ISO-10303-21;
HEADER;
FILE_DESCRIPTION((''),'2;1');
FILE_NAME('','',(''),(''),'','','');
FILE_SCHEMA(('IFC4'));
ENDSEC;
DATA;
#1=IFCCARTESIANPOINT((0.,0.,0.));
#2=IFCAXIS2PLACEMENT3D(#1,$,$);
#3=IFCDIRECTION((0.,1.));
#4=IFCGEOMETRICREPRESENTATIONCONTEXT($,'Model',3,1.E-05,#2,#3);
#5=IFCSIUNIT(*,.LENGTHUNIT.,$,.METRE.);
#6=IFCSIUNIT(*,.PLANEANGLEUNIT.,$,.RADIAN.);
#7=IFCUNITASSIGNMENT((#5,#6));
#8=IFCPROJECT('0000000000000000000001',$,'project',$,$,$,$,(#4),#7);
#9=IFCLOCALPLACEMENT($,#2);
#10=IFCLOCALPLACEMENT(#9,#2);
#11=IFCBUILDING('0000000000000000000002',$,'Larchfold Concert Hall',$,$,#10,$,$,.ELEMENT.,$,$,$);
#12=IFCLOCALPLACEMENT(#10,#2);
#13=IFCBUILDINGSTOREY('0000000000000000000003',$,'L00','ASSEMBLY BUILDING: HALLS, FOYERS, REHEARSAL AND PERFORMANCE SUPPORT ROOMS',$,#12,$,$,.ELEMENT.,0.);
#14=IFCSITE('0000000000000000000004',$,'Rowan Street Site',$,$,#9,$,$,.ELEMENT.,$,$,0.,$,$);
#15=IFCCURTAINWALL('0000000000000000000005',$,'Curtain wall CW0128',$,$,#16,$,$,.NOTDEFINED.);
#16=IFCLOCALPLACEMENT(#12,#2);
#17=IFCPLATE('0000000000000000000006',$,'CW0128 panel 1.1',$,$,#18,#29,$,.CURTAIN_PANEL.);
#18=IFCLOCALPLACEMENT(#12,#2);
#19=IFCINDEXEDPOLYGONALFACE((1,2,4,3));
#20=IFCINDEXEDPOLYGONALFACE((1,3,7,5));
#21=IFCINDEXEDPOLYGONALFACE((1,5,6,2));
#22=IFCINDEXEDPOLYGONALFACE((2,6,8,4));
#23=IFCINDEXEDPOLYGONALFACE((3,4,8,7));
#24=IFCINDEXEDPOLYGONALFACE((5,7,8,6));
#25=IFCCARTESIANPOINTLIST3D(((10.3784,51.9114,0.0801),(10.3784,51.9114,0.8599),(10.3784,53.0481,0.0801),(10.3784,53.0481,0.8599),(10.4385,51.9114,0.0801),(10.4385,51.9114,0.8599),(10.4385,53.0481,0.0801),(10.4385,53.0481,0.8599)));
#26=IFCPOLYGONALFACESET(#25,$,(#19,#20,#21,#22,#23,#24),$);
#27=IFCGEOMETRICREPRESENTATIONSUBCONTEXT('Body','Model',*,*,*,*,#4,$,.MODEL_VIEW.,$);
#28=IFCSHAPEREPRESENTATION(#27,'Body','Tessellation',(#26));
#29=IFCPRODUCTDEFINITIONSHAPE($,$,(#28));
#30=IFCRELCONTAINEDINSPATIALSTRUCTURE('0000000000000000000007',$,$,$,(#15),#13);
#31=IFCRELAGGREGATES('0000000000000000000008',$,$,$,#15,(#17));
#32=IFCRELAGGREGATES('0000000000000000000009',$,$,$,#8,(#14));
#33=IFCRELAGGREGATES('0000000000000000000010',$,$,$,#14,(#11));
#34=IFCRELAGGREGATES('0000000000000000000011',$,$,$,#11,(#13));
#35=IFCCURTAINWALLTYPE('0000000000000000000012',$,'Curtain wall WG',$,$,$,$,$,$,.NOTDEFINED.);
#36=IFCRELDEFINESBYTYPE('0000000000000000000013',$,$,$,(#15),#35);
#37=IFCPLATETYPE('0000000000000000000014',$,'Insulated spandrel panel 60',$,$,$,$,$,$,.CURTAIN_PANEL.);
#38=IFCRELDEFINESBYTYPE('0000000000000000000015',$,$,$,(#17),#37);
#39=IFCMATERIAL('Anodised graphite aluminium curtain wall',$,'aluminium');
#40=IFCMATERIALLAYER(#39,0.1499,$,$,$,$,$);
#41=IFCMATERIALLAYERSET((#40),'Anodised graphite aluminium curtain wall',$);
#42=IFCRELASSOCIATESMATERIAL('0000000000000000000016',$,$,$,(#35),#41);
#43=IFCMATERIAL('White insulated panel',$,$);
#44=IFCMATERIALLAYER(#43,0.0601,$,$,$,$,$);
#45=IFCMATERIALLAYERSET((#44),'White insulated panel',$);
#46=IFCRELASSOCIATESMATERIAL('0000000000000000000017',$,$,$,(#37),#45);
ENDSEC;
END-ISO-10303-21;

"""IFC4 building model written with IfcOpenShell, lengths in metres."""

from ifc_helpers import new_model, si_unit, direction, frame, origin, origin_2d, place, context, subcontext, project, spatial, rectangle, extrude, material, layer, layer_set, type_object, element, aggregate, save


model = new_model("IFC4")

# Units and contexts
model_context = context("Model", 3, precision=1e-05, world=origin(), true_north=direction((0.0, 1.0)))
body_context = subcontext(model_context, "Body", "Model", "MODEL_VIEW")
ifc_project = project(units=[si_unit("LENGTHUNIT", "METRE"), si_unit("PLANEANGLEUNIT", "RADIAN")], contexts=[model_context])

# Site, building, storey
site_placement = place(None, origin())
site = spatial("IfcSite", under=ifc_project, at=site_placement, Name="Rowan Street Site", CompositionType="ELEMENT", RefElevation=0.0)
building_placement = place(site_placement, origin())
building = spatial("IfcBuilding", under=site, at=building_placement, Name="Larchfold Concert Hall", CompositionType="ELEMENT")
storey_placement = place(building_placement, origin())
storey = spatial("IfcBuildingStorey", under=building, at=storey_placement, Name="L00", Description="ASSEMBLY BUILDING: HALLS, FOYERS, REHEARSAL AND PERFORMANCE SUPPORT ROOMS", CompositionType="ELEMENT", Elevation=0.0)

# Curtain wall
ifc_material_1 = material(Name="Anodised graphite aluminium curtain wall", Category="aluminium")
ifc_layer_1 = layer(ifc_material_1, 0.1499)
ifc_layer_set_1 = layer_set([ifc_layer_1], Name="Anodised graphite aluminium curtain wall")
curtain_wall_type = type_object("IfcCurtainWallType", Name="Curtain wall WG", PredefinedType="NOTDEFINED", material=ifc_layer_set_1)
curtain_wall_1_placement = place(storey_placement, origin())
curtain_wall_1 = element("IfcCurtainWall", 1, at=curtain_wall_1_placement, inside=storey, type_object=curtain_wall_type, Name="Curtain wall CW0128", PredefinedType="NOTDEFINED")

# Plate
ifc_material_2 = material(Name="White insulated panel")
ifc_layer_2 = layer(ifc_material_2, 0.0601)
ifc_layer_set_2 = layer_set([ifc_layer_2], Name="White insulated panel")
plate_type_1 = type_object("IfcPlateType", Name="Insulated spandrel panel 60", PredefinedType="CURTAIN_PANEL", material=ifc_layer_set_2)
plate_1_placement = place(storey_placement, frame((10.4084, 52.4797, 0.0801), z_axis=(0.0, 0.0, 1.0), x_axis=(0.0, -1.0, 0.0)))
plate_1 = element("IfcPlate", 2, at=plate_1_placement, type_object=plate_type_1, Name="CW0128 panel 1.1", PredefinedType="CURTAIN_PANEL", context=body_context, shape_type="SweptSolid", body=[
    extrude(rectangle(XDim=1.1367, YDim=0.0601, at=origin_2d()), origin(), (0.0, 0.0, 1.0), 0.7798),
])
aggregate(curtain_wall_1, [plate_1])

save(model, "model.ifc")
